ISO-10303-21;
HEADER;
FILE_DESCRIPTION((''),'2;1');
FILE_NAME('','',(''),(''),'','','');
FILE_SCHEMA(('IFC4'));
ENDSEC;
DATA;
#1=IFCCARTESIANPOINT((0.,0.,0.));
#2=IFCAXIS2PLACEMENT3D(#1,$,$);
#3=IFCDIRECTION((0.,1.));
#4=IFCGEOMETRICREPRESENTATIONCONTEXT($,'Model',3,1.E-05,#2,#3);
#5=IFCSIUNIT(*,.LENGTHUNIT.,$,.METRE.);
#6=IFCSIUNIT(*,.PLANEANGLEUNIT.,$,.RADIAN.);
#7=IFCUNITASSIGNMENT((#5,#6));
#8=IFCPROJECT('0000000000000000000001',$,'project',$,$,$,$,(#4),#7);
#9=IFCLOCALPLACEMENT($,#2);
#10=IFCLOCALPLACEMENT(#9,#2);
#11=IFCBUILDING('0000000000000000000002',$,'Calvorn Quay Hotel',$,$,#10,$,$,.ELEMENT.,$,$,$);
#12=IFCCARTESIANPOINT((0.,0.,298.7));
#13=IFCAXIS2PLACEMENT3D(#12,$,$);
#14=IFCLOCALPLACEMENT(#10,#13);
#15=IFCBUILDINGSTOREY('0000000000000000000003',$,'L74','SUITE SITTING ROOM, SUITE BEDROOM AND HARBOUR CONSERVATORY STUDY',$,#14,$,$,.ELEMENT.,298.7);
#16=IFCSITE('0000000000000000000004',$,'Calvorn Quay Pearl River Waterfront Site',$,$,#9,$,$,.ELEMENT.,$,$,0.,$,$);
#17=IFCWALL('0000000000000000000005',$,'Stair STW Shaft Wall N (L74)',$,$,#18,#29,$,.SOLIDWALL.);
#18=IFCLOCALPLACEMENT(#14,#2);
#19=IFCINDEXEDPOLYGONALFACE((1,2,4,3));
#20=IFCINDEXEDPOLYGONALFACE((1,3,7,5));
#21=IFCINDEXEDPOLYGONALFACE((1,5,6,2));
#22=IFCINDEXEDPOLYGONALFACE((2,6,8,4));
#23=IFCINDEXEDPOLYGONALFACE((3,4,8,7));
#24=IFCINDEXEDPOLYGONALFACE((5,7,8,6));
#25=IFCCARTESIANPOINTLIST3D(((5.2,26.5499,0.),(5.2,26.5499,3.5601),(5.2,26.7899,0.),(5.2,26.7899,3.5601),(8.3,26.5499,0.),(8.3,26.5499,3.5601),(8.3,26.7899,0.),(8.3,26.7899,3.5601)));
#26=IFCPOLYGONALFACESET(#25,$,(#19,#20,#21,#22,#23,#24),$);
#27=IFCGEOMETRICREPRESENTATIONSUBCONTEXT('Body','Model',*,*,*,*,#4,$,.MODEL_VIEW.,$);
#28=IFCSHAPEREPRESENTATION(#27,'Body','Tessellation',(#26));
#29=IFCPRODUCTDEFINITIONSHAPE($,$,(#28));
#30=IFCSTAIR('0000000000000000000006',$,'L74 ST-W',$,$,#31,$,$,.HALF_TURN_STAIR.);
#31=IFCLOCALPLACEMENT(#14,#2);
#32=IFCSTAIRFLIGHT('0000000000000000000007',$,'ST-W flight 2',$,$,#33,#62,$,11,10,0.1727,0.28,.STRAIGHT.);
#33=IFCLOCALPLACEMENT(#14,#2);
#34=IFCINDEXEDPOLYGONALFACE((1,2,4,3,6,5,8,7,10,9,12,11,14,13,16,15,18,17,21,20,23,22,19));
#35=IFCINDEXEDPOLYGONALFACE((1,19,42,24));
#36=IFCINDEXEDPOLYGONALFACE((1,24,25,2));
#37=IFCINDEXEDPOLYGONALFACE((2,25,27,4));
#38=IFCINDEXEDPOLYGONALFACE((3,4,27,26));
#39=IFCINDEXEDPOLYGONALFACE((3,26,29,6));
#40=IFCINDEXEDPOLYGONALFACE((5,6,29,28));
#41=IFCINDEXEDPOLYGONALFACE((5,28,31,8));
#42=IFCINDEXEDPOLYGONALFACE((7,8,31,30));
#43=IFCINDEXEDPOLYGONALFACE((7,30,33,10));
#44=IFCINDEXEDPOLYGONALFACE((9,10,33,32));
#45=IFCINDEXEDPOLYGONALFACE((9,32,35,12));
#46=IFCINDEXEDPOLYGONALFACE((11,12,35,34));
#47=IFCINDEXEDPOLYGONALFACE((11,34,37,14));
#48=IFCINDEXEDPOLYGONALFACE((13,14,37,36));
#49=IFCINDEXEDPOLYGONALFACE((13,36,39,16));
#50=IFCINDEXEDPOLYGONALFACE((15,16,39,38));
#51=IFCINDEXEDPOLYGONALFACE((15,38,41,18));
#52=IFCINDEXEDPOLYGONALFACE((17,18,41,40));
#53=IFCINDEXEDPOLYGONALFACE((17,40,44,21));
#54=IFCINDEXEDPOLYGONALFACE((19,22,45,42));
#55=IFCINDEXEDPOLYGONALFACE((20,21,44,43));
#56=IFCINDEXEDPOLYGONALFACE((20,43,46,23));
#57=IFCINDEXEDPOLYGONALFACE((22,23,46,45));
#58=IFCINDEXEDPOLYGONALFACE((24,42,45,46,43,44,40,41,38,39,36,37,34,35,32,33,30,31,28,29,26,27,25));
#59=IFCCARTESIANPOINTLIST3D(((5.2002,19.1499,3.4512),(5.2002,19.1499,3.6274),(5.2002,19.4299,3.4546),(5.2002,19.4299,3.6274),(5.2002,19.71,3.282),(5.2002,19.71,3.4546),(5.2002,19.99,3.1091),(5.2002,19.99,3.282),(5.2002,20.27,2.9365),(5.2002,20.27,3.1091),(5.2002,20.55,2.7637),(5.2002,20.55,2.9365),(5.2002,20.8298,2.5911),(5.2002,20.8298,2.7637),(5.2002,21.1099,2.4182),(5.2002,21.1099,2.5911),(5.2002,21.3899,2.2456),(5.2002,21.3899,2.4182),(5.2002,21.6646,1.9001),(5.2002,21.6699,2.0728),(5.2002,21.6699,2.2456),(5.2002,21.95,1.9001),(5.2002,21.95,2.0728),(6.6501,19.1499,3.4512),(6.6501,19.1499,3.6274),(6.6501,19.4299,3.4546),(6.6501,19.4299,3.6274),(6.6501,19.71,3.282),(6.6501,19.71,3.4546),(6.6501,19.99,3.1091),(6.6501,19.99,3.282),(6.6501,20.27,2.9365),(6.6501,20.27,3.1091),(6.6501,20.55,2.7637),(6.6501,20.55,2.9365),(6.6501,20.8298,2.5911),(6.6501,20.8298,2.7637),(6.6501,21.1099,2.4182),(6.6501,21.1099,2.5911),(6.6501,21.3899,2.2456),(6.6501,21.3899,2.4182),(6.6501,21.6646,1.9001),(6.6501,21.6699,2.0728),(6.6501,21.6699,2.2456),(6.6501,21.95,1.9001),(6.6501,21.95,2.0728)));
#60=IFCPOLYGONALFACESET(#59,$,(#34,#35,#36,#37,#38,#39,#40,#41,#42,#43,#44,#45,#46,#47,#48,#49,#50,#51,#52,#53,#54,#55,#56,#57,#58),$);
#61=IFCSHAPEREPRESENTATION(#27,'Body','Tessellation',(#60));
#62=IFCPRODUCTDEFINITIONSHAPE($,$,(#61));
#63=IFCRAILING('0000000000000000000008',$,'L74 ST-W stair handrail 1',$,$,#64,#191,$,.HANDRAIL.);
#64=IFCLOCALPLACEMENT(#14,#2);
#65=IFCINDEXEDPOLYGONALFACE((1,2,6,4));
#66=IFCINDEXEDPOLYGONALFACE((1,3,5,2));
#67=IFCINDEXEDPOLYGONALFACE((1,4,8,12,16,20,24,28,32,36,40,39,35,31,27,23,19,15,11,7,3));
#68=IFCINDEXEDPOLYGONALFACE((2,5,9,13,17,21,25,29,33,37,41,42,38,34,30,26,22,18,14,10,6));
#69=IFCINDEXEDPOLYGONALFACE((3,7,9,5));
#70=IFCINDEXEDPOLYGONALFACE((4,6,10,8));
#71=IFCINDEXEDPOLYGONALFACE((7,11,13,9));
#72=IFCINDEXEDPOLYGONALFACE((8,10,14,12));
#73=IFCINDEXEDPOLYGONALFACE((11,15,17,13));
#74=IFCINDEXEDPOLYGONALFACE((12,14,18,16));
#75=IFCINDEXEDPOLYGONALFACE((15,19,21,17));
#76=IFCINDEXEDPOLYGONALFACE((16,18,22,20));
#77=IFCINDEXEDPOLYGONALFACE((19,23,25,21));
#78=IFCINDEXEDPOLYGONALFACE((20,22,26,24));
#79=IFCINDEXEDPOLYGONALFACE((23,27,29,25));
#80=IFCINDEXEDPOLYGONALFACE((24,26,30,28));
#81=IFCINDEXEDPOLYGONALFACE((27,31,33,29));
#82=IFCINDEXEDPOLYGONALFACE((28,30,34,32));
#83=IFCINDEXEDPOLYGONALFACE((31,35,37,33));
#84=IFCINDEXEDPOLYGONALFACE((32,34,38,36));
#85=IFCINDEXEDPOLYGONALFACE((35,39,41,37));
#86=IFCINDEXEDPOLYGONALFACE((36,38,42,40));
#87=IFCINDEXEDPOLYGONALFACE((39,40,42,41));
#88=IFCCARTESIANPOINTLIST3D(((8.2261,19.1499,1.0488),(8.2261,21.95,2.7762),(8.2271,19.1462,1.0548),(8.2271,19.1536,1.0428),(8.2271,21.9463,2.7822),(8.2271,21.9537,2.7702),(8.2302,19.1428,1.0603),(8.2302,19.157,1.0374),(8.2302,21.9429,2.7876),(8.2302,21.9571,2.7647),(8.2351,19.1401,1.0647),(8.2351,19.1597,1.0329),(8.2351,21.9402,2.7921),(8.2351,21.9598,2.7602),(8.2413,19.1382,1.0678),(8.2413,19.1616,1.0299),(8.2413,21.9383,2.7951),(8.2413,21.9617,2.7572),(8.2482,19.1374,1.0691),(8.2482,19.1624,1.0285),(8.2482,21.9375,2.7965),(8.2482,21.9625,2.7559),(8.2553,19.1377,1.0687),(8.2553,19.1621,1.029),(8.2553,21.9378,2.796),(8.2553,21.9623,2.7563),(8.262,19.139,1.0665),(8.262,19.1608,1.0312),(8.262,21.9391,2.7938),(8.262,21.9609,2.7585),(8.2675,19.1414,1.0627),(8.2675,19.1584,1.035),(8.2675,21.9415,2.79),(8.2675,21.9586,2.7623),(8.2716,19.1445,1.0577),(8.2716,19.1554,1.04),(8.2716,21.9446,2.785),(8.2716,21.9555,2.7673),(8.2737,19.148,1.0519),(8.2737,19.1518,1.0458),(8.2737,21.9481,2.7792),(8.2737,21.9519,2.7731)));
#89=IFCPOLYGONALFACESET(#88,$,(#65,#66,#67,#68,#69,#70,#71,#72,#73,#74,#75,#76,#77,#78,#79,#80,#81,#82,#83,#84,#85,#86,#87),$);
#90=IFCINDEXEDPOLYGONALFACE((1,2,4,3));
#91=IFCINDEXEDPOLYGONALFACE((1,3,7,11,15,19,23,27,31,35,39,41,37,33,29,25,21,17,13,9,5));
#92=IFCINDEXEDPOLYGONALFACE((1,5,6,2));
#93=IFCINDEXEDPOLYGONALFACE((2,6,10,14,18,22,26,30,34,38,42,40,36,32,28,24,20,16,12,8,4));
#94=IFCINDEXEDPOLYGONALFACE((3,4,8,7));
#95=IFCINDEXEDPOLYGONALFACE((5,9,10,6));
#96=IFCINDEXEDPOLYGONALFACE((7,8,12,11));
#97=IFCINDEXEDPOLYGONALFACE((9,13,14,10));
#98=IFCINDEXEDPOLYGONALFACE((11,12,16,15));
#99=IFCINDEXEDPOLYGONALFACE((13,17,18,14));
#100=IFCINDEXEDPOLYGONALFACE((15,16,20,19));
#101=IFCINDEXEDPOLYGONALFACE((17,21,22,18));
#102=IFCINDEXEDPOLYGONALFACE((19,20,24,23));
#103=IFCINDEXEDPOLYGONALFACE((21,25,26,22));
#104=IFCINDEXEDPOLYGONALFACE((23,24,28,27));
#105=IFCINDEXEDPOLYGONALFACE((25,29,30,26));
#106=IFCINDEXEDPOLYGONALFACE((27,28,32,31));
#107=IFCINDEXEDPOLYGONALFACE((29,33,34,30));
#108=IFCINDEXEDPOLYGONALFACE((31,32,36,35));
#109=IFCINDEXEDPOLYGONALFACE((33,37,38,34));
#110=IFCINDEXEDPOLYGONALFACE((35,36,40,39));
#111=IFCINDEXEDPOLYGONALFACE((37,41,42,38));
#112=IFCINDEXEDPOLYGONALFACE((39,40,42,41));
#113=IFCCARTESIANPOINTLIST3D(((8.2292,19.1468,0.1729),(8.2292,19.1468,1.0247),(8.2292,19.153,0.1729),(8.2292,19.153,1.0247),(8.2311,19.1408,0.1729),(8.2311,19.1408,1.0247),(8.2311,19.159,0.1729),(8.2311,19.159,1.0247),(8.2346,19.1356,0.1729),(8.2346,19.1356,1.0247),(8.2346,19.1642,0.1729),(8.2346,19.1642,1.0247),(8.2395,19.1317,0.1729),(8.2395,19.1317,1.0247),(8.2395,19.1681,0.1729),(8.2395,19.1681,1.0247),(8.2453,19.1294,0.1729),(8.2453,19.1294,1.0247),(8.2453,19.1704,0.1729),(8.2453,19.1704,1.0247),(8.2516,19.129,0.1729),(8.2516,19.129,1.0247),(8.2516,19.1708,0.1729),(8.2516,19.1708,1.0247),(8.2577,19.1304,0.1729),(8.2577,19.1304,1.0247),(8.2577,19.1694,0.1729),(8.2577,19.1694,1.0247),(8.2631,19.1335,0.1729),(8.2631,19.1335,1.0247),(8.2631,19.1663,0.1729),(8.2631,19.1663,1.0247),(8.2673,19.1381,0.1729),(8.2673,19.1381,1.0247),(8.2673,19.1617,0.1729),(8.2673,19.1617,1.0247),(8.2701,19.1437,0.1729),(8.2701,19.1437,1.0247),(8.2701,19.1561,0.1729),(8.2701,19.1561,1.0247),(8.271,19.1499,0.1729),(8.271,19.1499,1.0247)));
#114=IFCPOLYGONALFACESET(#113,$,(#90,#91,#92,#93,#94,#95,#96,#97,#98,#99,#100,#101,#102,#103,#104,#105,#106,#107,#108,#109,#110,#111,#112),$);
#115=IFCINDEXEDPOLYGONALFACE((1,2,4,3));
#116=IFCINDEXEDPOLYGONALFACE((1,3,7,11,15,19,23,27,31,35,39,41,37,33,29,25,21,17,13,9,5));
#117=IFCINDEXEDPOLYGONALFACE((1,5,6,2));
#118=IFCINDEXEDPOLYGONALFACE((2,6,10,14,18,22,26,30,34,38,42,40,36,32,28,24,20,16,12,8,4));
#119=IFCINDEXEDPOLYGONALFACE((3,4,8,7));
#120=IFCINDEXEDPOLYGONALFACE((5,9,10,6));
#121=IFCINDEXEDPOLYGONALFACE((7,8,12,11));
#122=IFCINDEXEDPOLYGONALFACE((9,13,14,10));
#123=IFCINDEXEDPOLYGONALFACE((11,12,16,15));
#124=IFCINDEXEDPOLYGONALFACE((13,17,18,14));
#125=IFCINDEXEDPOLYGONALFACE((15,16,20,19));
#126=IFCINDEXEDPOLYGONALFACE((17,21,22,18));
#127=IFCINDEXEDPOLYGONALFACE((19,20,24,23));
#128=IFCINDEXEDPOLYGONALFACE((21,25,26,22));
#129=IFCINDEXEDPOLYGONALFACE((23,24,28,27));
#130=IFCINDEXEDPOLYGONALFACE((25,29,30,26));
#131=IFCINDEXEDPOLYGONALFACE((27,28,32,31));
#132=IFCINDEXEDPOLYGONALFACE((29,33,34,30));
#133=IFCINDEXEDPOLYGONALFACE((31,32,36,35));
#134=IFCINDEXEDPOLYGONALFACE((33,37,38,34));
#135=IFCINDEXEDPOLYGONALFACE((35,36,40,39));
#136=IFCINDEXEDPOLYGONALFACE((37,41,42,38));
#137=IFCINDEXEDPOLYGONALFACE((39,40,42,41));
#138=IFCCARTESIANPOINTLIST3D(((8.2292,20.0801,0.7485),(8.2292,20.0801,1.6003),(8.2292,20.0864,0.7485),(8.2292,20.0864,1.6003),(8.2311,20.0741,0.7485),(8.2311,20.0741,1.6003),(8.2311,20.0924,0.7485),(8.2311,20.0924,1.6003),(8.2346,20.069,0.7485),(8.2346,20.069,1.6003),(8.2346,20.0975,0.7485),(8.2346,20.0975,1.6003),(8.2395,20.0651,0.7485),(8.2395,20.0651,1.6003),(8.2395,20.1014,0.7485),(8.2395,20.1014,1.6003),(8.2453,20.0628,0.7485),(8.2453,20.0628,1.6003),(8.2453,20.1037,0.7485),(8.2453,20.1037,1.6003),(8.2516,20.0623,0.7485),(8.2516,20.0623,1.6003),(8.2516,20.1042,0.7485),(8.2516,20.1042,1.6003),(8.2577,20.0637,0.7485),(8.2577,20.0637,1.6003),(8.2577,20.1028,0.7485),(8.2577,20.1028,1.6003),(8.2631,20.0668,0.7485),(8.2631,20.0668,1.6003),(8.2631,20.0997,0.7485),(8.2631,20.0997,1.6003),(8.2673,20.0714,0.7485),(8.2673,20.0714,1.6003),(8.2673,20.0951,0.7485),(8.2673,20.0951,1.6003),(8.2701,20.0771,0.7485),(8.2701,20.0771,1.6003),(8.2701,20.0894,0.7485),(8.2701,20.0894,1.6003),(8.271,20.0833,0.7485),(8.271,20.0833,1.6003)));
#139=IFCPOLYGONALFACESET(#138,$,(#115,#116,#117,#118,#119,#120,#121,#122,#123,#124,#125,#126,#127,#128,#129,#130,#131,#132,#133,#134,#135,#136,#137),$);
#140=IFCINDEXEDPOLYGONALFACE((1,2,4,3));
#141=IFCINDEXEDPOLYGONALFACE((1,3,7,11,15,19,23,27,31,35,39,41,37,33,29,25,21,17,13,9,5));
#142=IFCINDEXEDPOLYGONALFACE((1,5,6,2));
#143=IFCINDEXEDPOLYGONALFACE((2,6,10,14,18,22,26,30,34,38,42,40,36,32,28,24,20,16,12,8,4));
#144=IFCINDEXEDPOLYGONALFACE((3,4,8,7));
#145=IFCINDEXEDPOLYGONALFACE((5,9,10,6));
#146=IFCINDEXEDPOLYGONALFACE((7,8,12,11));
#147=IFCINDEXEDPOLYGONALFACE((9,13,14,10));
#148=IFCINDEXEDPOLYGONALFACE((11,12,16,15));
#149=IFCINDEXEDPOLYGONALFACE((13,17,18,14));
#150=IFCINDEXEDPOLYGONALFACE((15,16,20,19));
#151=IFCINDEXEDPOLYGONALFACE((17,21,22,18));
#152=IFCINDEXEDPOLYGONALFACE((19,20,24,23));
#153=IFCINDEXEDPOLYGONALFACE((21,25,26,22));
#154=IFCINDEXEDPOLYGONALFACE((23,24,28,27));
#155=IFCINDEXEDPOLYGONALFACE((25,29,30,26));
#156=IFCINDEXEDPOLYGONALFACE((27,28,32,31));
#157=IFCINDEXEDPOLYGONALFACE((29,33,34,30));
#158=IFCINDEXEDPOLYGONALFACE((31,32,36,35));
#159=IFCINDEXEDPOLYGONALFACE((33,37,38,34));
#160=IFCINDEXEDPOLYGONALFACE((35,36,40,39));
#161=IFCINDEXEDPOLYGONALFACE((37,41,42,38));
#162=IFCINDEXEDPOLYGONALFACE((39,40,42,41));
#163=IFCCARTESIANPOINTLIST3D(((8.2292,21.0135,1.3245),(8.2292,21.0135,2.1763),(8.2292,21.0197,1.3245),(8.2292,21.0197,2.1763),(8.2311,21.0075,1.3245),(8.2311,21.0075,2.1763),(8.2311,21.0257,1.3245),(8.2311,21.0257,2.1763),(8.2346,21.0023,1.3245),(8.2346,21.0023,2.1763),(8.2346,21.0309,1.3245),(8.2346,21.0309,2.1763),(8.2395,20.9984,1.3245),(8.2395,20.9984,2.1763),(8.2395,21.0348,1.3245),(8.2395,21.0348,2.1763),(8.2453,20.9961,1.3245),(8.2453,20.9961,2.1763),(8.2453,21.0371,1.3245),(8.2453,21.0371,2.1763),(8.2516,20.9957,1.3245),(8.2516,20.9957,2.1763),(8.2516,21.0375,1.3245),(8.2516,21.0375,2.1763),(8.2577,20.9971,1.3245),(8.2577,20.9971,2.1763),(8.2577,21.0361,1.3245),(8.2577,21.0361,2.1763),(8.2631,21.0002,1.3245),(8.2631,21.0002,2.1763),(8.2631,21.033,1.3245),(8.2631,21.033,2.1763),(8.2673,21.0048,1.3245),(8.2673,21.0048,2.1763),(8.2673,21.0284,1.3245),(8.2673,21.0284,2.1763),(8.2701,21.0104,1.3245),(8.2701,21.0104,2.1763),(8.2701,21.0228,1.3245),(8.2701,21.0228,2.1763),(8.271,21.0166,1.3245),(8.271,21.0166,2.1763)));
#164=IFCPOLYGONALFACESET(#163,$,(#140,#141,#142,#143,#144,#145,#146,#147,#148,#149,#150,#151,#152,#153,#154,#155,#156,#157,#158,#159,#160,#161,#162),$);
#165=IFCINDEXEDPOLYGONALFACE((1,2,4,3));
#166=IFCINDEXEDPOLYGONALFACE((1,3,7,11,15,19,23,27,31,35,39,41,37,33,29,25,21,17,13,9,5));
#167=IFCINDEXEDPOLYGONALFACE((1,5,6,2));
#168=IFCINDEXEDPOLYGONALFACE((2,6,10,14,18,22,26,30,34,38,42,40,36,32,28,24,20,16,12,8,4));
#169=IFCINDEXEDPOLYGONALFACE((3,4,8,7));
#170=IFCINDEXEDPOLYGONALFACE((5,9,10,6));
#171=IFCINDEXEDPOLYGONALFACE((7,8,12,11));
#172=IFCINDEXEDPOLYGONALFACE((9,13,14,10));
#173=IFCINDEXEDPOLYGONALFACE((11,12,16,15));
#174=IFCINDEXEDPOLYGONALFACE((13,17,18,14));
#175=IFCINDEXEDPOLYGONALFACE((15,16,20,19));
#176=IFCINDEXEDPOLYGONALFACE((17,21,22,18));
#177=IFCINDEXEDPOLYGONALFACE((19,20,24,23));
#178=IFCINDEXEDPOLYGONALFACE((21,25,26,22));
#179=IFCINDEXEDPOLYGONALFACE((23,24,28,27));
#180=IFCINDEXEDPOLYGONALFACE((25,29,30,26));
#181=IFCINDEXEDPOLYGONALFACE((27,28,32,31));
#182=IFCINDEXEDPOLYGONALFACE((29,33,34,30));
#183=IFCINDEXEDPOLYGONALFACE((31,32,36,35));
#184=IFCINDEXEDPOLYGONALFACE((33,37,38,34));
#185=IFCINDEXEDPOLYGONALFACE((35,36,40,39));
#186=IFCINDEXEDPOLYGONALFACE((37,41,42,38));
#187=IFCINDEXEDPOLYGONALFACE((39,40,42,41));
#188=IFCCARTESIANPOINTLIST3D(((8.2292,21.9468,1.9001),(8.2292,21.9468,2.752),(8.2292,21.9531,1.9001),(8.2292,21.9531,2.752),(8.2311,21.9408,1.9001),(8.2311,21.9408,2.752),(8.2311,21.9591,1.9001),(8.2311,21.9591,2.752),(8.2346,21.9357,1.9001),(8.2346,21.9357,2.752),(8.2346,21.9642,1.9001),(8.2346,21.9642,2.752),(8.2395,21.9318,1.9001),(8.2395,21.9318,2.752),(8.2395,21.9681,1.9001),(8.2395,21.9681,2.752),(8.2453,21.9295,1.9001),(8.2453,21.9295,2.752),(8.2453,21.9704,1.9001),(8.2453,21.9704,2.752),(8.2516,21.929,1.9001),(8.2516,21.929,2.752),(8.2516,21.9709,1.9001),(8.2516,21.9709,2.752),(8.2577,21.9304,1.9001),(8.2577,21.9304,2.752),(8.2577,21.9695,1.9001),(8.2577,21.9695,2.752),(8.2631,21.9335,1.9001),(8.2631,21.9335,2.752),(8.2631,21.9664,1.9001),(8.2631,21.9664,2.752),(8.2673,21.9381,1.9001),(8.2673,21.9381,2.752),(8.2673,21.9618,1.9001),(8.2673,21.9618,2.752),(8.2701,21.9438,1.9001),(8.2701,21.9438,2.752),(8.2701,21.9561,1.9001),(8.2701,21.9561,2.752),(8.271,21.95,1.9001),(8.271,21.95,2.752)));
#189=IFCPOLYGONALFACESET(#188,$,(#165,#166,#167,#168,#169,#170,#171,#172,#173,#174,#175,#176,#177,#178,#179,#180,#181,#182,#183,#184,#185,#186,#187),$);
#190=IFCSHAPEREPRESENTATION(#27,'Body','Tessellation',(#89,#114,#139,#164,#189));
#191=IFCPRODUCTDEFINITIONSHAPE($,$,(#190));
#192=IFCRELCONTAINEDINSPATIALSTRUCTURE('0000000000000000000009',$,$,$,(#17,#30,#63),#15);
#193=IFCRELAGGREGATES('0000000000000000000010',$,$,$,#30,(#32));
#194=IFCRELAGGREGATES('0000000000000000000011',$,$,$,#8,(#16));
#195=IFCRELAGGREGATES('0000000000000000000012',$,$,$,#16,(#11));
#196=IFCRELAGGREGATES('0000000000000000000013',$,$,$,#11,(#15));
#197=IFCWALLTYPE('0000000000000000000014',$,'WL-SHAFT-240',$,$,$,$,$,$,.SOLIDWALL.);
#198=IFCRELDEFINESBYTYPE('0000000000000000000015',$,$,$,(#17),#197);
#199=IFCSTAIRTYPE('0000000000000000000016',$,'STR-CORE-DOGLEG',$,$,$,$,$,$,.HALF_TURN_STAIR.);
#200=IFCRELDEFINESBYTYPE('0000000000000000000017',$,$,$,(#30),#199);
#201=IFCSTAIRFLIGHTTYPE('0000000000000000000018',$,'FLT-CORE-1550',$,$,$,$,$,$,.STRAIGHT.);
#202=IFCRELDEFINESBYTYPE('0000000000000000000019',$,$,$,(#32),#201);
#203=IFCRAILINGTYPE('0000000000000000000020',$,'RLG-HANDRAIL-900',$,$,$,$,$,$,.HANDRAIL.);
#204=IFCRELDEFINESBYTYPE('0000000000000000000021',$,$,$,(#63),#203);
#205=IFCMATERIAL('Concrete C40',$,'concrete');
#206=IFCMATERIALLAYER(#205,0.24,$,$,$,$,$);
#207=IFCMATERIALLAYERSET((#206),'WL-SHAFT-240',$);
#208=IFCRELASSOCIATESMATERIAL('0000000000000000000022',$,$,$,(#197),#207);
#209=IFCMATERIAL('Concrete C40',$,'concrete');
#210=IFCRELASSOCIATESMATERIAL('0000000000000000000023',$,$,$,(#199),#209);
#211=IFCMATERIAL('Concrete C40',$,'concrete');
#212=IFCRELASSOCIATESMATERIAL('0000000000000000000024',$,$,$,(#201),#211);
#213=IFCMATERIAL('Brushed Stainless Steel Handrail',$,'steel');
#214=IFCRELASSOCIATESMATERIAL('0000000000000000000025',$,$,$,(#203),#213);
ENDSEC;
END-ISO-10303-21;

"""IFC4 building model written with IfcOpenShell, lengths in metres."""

from ifc_helpers import new_model, si_unit, direction, frame, frame_2d, origin, origin_2d, place, context, subcontext, project, spatial, polyline, rectangle, circle, outline, extrude, material, layer, layer_set, type_object, element, aggregate, save


model = new_model("IFC4")

# Units and contexts
model_context = context("Model", 3, precision=1e-05, world=origin(), true_north=direction((0.0, 1.0)))
body_context = subcontext(model_context, "Body", "Model", "MODEL_VIEW")
ifc_project = project(units=[si_unit("LENGTHUNIT", "METRE"), si_unit("PLANEANGLEUNIT", "RADIAN")], contexts=[model_context])

# Site, building, storey
site_placement = place(None, origin())
site = spatial("IfcSite", under=ifc_project, at=site_placement, Name="Calvorn Quay Pearl River Waterfront Site", CompositionType="ELEMENT", RefElevation=0.0)
building_placement = place(site_placement, origin())
building = spatial("IfcBuilding", under=site, at=building_placement, Name="Calvorn Quay Hotel", CompositionType="ELEMENT")
storey_placement = place(building_placement, frame((0.0, 0.0, 298.7)))
storey = spatial("IfcBuildingStorey", under=building, at=storey_placement, Name="L74", Description="SUITE SITTING ROOM, SUITE BEDROOM AND HARBOUR CONSERVATORY STUDY", CompositionType="ELEMENT", Elevation=298.7)

# Wall
ifc_material_1 = material(Name="Concrete C40", Category="concrete")
ifc_layer_1 = layer(ifc_material_1, 0.24)
ifc_layer_set_1 = layer_set([ifc_layer_1], Name="WL-SHAFT-240")
wall_type_1 = type_object("IfcWallType", Name="WL-SHAFT-240", PredefinedType="SOLIDWALL", material=ifc_layer_set_1)
wall_1_placement = place(storey_placement, frame((5.2, 26.6699, 0.0), z_axis=(0.0, 0.0, 1.0), x_axis=(1.0, 0.0, 0.0)))
element("IfcWall", 1, at=wall_1_placement, inside=storey, type_object=wall_type_1, Name="Stair STW Shaft Wall N (L74)", PredefinedType="SOLIDWALL", context=body_context, shape_type="SweptSolid", body=[
    extrude(rectangle(XDim=3.1001, YDim=0.24, at=frame_2d((1.55, 0.0))), origin(), (0.0, 0.0, 1.0), 3.5601),
])

# Stair, stair flight
ifc_material_2 = material(Name="Concrete C40", Category="concrete")
stair_type = type_object("IfcStairType", Name="STR-CORE-DOGLEG", PredefinedType="HALF_TURN_STAIR", material=ifc_material_2)
stair_placement = place(storey_placement, origin())
stair = element("IfcStair", 2, at=stair_placement, inside=storey, type_object=stair_type, Name="L74 ST-W", PredefinedType="HALF_TURN_STAIR")
ifc_material_3 = material(Name="Concrete C40", Category="concrete")
stair_flight_type = type_object("IfcStairFlightType", Name="FLT-CORE-1550", PredefinedType="STRAIGHT", material=ifc_material_3)
stair_flight_placement = place(storey_placement, frame((5.925, 21.95, 1.9001), z_axis=(0.0, 0.0, 1.0), x_axis=(0.0, -1.0, 0.0)))
stair_flight = element("IfcStairFlight", 3, at=stair_flight_placement, type_object=stair_flight_type, Name="ST-W flight 2", NumberOfRisers=11, NumberOfTreads=10, PredefinedType="STRAIGHT", RiserHeight=0.1727, TreadLength=0.28, context=body_context, shape_type="SweptSolid", body=[
    extrude(outline(polyline([(0.0, 0.0), (0.0, 0.1726), (0.28, 0.1726), (0.28, 0.3455), (0.5601, 0.3455), (0.5601, 0.5181), (0.8401, 0.5181), (0.8401, 0.6909), (1.1201, 0.6909), (1.1201, 0.8635), (1.3999, 0.8635), (1.3999, 1.0364), (1.6799, 1.0364), (1.6799, 1.209), (1.96, 1.209), (1.96, 1.3818), (2.24, 1.3818), (2.24, 1.5544), (2.52, 1.5544), (2.52, 1.7273), (2.8, 1.7273), (2.8, 1.8999), (2.8, 1.551), (0.2854, 0.0), (0.0, 0.0)])), frame((0.0, 0.7251, 0.0), z_axis=(0.0, -1.0, 0.0), x_axis=(1.0, 0.0, 0.0)), (0.0, 0.0, 1.0), 1.45),
])
aggregate(stair, [stair_flight])

# Railing
ifc_material_4 = material(Name="Brushed Stainless Steel Handrail", Category="steel")
railing_type_1 = type_object("IfcRailingType", Name="RLG-HANDRAIL-900", PredefinedType="HANDRAIL", material=ifc_material_4)
railing_1_placement = place(storey_placement, frame((8.25, 19.1499, 0.1729)))
element("IfcRailing", 4, at=railing_1_placement, inside=storey, type_object=railing_type_1, Name="L74 ST-W stair handrail 1", PredefinedType="HANDRAIL", context=body_context, shape_type="SweptSolid", body=[
    extrude(circle(Radius=0.0239, at=origin_2d()), frame((0.0, 0.0, 0.876), z_axis=(0.0, 0.85109, 0.52502), x_axis=(-1.0, 0.0, 0.0)), (0.0, 0.0, 1.0), 3.29),
    extrude(circle(Radius=0.021, at=origin_2d()), origin(), (0.0, 0.0, 1.0), 0.8518),
    extrude(circle(Radius=0.021, at=origin_2d()), frame((0.0, 0.9333, 0.5757)), (0.0, 0.0, 1.0), 0.8518),
    extrude(circle(Radius=0.021, at=origin_2d()), frame((0.0, 1.8667, 1.1516)), (0.0, 0.0, 1.0), 0.8518),
    extrude(circle(Radius=0.021, at=origin_2d()), frame((0.0, 2.8, 1.7273)), (0.0, 0.0, 1.0), 0.8518),
])

save(model, "model.ifc")
